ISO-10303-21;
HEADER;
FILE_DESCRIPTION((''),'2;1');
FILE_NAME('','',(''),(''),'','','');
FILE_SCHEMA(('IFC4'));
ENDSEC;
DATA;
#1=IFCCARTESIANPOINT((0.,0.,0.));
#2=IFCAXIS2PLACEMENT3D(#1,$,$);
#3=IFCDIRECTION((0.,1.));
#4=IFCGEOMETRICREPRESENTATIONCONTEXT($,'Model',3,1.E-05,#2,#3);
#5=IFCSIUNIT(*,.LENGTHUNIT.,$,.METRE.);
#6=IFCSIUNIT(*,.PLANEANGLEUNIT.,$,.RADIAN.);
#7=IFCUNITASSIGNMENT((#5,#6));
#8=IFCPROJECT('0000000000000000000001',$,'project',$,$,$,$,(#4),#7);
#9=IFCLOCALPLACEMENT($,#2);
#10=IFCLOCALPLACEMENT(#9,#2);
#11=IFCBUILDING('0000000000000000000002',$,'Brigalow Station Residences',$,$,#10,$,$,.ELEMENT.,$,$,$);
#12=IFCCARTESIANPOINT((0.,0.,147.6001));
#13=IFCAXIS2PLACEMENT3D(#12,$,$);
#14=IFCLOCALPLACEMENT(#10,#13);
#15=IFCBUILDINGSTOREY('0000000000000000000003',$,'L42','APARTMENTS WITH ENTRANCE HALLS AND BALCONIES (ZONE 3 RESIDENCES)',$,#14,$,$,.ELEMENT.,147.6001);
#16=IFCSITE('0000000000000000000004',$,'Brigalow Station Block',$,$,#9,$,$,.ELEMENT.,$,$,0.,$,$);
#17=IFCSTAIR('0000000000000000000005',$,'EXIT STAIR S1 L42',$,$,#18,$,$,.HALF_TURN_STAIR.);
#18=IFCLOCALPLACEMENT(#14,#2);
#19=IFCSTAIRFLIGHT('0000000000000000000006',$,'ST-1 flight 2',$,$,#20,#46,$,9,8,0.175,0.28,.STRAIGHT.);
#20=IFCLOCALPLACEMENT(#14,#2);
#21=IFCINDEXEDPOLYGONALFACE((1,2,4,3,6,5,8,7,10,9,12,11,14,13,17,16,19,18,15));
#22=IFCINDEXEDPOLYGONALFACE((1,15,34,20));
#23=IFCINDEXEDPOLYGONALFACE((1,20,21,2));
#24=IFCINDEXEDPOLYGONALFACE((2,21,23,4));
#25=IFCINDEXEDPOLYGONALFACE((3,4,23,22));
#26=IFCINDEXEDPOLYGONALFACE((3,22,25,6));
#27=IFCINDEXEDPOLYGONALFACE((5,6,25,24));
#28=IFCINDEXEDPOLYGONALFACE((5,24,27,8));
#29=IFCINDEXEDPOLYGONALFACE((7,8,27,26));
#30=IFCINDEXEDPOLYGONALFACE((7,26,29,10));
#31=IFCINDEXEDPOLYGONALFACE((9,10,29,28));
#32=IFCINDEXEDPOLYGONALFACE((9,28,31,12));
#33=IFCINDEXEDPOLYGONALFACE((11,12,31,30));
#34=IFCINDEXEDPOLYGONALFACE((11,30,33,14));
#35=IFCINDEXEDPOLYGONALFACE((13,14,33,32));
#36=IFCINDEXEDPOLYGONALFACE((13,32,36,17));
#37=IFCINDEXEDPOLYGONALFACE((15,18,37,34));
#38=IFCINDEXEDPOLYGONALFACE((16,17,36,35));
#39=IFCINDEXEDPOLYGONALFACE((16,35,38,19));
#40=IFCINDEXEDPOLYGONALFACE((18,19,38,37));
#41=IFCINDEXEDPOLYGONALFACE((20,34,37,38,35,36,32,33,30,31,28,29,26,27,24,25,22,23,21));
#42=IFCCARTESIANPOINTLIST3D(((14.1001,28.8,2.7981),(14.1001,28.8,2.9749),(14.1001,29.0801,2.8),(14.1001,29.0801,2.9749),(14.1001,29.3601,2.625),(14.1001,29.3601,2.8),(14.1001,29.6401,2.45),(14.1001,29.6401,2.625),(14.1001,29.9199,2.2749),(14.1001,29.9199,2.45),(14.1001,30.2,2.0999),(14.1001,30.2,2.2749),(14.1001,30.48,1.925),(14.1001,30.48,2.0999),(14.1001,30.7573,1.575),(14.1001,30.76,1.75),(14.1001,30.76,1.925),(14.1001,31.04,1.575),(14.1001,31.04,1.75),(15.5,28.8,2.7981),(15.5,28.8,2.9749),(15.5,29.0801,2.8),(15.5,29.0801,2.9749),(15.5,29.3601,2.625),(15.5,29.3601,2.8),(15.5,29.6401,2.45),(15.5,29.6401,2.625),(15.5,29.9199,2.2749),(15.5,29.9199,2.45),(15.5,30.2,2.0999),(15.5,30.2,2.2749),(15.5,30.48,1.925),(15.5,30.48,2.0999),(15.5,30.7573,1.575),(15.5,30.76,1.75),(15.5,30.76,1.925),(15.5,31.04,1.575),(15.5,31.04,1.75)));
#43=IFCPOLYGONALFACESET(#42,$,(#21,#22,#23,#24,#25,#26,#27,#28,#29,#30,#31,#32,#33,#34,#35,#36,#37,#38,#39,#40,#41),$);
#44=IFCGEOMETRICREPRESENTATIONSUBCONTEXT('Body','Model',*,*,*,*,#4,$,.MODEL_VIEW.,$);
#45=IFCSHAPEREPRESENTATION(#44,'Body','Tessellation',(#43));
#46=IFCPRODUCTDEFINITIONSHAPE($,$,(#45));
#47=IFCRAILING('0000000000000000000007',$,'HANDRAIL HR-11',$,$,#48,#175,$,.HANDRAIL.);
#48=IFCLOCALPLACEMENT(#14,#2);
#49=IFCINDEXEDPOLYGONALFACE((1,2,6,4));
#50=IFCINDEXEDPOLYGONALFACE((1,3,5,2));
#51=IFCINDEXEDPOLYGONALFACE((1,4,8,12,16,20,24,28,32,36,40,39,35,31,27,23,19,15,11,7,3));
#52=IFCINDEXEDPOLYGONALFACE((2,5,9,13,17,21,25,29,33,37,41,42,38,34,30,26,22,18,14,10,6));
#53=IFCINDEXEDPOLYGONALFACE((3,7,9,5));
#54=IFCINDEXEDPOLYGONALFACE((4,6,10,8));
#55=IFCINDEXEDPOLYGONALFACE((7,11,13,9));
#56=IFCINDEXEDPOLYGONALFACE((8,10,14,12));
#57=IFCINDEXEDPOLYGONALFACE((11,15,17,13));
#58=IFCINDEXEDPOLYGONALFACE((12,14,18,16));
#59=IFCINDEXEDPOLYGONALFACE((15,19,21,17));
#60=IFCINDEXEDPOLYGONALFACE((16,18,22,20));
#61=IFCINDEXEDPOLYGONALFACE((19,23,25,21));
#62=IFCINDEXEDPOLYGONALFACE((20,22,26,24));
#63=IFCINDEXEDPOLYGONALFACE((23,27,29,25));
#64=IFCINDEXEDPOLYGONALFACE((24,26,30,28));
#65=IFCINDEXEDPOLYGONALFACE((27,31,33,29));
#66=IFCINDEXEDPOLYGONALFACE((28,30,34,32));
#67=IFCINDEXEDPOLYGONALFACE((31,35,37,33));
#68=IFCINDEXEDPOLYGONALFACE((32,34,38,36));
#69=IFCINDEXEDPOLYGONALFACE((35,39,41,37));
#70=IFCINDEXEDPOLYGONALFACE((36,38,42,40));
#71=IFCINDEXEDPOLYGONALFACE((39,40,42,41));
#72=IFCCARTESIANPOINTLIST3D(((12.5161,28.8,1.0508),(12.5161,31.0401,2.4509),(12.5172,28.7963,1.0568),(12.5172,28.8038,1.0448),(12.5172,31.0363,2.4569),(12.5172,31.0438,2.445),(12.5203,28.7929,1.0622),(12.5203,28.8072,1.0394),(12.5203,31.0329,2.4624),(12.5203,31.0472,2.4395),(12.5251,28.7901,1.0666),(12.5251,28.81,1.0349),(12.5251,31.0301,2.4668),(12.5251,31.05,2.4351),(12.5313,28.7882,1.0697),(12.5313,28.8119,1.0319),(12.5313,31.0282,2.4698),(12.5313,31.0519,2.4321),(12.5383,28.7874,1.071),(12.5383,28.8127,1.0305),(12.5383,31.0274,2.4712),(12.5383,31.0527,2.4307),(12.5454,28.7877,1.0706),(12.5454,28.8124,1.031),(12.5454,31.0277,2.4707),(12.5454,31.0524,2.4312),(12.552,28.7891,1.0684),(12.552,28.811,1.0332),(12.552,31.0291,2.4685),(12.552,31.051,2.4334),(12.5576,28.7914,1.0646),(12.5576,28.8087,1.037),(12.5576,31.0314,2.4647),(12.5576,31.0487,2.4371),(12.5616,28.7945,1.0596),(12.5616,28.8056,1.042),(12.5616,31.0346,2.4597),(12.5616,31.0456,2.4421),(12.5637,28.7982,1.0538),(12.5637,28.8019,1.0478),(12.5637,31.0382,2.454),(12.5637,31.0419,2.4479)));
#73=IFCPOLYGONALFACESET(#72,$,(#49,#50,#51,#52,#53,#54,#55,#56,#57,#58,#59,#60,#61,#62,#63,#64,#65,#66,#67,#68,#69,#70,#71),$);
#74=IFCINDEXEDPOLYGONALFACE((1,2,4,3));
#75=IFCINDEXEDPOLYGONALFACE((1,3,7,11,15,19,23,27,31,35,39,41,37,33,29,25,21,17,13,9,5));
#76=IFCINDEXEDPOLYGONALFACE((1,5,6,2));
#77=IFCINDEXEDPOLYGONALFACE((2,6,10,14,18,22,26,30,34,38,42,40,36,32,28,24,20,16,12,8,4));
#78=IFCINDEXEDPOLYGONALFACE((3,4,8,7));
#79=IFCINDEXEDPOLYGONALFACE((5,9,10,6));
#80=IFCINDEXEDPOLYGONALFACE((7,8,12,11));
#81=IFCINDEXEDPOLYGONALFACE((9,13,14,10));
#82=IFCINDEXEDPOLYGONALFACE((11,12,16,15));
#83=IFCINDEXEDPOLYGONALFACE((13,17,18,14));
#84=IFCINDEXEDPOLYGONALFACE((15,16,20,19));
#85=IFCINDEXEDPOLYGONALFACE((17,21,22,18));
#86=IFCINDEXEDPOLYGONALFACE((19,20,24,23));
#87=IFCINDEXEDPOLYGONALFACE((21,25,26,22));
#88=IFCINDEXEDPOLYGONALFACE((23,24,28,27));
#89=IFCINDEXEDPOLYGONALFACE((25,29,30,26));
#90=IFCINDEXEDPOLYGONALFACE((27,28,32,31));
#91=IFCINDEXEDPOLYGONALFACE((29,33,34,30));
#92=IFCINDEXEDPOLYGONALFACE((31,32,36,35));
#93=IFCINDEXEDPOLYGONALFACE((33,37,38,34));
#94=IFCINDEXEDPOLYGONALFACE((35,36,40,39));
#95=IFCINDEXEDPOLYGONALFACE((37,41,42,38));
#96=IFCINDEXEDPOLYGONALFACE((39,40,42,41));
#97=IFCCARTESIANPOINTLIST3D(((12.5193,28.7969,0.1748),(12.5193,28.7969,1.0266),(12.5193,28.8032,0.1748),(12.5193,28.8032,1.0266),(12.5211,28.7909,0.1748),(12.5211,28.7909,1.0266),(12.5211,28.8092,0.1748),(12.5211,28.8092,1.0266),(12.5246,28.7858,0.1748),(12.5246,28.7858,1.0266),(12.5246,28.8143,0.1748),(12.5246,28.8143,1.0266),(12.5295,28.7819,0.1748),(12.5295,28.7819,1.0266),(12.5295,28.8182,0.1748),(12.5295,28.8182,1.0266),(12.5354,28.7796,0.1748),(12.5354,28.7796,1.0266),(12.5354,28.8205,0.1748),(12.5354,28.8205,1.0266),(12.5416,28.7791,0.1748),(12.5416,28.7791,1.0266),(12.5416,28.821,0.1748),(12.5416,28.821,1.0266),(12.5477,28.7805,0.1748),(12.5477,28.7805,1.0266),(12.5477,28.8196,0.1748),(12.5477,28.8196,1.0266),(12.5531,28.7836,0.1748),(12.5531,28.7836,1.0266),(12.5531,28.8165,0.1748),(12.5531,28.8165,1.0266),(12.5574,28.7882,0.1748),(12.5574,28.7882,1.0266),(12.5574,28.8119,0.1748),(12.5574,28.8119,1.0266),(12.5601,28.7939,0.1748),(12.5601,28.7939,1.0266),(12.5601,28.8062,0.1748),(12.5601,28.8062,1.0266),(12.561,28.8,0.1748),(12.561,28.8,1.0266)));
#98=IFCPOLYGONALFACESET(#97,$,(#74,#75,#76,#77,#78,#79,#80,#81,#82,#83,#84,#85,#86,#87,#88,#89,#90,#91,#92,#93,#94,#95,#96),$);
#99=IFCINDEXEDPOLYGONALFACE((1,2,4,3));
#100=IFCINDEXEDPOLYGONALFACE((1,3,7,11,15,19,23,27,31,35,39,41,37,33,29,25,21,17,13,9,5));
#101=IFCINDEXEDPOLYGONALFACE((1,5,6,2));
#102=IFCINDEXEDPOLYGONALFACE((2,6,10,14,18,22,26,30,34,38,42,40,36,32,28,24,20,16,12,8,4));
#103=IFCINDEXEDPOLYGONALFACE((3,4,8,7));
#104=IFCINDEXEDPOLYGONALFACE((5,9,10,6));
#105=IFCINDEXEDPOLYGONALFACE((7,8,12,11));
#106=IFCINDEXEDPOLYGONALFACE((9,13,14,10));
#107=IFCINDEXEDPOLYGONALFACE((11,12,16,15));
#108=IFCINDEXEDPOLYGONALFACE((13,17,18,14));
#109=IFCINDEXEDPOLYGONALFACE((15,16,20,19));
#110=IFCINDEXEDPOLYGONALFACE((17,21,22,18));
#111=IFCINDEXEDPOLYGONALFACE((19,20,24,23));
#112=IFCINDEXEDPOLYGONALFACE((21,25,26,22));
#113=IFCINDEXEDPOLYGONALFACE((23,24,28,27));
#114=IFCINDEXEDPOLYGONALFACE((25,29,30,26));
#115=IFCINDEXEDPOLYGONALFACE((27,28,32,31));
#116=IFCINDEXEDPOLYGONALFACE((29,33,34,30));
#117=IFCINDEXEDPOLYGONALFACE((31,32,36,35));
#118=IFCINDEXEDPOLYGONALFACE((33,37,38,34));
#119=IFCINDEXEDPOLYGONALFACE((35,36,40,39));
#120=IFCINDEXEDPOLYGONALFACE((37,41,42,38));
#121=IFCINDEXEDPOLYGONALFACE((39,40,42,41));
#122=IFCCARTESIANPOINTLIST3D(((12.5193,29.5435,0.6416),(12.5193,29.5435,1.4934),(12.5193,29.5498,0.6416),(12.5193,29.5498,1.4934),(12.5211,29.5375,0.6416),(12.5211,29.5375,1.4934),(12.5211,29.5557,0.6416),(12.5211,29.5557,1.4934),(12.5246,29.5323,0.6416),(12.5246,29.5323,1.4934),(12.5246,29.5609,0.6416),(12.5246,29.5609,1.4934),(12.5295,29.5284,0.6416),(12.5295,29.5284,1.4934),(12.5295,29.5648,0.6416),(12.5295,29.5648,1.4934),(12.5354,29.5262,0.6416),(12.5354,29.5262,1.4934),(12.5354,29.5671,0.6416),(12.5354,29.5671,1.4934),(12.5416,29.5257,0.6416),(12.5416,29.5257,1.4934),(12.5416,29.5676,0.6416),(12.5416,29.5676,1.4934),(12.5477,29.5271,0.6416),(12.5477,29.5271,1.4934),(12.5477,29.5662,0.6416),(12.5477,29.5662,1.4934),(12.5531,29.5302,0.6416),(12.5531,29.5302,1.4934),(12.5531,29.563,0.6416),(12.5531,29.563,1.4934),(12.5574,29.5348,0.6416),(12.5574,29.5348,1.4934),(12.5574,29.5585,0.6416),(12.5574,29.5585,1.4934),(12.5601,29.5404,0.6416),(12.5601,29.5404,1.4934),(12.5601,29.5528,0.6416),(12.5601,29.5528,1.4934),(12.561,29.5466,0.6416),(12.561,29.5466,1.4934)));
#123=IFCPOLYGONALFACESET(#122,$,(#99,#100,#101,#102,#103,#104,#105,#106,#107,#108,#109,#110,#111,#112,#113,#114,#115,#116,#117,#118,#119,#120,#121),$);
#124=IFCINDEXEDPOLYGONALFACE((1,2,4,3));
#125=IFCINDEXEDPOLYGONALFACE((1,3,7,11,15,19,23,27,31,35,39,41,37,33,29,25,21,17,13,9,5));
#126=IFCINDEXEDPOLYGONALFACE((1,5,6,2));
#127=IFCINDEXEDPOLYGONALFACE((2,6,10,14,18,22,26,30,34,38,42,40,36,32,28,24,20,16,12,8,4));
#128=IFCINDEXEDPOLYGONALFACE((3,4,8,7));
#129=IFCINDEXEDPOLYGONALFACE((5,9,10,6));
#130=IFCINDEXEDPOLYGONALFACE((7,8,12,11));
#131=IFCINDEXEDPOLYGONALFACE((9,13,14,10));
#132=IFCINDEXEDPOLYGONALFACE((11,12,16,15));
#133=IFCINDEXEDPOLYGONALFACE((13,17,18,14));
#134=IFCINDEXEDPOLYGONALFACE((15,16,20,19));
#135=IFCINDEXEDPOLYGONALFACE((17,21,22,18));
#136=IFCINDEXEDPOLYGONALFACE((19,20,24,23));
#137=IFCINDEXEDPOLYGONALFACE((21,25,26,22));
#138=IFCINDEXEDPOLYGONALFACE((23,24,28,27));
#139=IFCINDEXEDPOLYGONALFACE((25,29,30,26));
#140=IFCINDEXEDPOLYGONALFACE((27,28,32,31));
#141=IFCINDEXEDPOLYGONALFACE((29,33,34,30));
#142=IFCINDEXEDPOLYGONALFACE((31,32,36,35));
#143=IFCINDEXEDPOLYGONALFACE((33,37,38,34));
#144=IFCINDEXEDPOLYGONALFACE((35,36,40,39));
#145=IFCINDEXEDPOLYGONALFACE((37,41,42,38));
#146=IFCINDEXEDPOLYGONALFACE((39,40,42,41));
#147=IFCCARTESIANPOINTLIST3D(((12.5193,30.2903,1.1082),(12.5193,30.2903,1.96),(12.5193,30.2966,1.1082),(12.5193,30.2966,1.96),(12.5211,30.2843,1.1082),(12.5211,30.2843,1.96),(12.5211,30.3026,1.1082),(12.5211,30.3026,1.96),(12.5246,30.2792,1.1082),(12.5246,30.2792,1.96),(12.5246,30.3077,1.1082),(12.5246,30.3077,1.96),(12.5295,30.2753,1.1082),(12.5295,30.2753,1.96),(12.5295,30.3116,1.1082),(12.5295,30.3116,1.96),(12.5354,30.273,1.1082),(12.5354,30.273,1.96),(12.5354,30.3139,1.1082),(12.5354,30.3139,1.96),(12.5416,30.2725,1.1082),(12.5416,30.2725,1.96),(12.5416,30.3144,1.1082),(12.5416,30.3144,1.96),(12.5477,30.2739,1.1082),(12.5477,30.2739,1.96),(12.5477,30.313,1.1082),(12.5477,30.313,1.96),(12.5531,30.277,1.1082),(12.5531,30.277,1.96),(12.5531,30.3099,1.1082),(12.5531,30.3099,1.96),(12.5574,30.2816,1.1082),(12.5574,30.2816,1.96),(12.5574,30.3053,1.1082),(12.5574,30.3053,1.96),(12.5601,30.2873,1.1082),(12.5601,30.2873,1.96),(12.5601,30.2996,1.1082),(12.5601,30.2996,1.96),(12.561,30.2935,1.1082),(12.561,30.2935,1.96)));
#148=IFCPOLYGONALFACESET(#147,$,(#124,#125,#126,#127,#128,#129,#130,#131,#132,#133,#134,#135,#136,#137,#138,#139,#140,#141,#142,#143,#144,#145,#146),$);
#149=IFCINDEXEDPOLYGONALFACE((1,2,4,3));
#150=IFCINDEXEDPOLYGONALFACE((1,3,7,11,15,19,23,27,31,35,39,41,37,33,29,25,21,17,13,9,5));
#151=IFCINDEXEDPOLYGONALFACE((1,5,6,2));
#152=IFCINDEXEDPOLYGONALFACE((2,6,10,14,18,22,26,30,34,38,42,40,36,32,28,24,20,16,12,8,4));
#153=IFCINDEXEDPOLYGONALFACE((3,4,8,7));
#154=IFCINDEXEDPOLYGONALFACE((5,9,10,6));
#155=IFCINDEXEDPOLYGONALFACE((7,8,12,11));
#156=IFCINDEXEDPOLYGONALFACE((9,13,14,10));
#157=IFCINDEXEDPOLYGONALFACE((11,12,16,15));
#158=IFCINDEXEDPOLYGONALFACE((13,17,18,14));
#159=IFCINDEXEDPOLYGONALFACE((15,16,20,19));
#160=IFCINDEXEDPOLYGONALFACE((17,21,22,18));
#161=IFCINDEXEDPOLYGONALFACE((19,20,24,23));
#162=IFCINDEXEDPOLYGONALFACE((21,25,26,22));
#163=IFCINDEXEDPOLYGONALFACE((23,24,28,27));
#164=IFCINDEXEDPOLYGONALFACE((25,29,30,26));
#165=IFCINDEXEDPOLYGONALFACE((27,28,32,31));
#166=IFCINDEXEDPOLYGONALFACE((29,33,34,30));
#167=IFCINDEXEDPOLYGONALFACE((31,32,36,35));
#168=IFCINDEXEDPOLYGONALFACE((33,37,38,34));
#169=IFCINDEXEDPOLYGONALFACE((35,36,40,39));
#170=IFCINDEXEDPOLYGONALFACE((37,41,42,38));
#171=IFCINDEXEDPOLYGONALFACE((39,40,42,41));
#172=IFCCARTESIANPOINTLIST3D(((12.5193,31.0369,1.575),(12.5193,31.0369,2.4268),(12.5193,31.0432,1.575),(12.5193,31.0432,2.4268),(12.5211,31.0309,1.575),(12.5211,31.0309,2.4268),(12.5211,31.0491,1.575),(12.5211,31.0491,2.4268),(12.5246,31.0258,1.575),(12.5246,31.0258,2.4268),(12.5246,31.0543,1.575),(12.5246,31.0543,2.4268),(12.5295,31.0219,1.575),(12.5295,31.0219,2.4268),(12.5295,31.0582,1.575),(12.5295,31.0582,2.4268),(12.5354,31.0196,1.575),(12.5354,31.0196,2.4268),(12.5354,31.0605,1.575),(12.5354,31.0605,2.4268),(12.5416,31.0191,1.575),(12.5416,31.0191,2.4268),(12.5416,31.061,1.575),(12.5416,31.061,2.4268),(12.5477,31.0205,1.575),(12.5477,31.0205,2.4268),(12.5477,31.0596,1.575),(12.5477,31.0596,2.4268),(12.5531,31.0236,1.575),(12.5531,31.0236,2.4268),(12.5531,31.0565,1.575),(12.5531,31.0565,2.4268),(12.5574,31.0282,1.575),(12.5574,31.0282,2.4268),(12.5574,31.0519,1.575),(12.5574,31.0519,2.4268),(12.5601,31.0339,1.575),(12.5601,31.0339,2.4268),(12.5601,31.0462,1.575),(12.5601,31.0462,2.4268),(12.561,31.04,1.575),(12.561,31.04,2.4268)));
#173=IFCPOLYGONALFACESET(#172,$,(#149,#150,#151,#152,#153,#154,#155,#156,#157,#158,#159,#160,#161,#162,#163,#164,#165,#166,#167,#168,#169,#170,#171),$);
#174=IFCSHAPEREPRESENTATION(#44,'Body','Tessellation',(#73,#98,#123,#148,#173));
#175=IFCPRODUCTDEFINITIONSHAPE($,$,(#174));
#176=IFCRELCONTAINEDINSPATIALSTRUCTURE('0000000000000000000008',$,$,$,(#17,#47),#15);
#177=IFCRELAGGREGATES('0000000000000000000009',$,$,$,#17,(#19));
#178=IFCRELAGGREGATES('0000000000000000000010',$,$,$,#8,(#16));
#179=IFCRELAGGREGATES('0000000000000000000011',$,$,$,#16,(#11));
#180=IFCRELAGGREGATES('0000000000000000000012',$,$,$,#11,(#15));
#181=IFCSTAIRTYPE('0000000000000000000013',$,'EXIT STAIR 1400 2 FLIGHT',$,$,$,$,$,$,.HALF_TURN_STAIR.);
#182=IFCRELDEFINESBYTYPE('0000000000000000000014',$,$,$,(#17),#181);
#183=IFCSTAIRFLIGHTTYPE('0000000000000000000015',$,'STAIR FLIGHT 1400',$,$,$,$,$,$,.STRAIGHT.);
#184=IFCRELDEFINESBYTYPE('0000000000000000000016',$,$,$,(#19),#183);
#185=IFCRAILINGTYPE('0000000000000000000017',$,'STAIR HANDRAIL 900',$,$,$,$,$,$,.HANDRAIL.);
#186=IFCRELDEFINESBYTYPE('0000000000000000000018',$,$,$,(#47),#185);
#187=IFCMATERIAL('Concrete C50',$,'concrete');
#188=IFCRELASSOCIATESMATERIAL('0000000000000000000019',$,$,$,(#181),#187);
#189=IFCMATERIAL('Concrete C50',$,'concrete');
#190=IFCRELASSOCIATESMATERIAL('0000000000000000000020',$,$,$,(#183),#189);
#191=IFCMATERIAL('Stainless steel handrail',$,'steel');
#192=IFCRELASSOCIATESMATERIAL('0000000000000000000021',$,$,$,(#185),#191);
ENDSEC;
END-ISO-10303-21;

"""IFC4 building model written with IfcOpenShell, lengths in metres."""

from ifc_helpers import new_model, si_unit, direction, frame, origin, origin_2d, place, context, subcontext, project, spatial, polyline, circle, outline, extrude, material, type_object, element, aggregate, save


model = new_model("IFC4")

# Units and contexts
model_context = context("Model", 3, precision=1e-05, world=origin(), true_north=direction((0.0, 1.0)))
body_context = subcontext(model_context, "Body", "Model", "MODEL_VIEW")
ifc_project = project(units=[si_unit("LENGTHUNIT", "METRE"), si_unit("PLANEANGLEUNIT", "RADIAN")], contexts=[model_context])

# Site, building, storey
site_placement = place(None, origin())
site = spatial("IfcSite", under=ifc_project, at=site_placement, Name="Brigalow Station Block", CompositionType="ELEMENT", RefElevation=0.0)
building_placement = place(site_placement, origin())
building = spatial("IfcBuilding", under=site, at=building_placement, Name="Brigalow Station Residences", CompositionType="ELEMENT")
storey_placement = place(building_placement, frame((0.0, 0.0, 147.6001)))
storey = spatial("IfcBuildingStorey", under=building, at=storey_placement, Name="L42", Description="APARTMENTS WITH ENTRANCE HALLS AND BALCONIES (ZONE 3 RESIDENCES)", CompositionType="ELEMENT", Elevation=147.6001)

# Stair, stair flight
ifc_material_1 = material(Name="Concrete C50", Category="concrete")
stair_type = type_object("IfcStairType", Name="EXIT STAIR 1400 2 FLIGHT", PredefinedType="HALF_TURN_STAIR", material=ifc_material_1)
stair_placement = place(storey_placement, origin())
stair = element("IfcStair", 1, at=stair_placement, inside=storey, type_object=stair_type, Name="EXIT STAIR S1 L42", PredefinedType="HALF_TURN_STAIR")
ifc_material_2 = material(Name="Concrete C50", Category="concrete")
stair_flight_type = type_object("IfcStairFlightType", Name="STAIR FLIGHT 1400", PredefinedType="STRAIGHT", material=ifc_material_2)
stair_flight_1_placement = place(storey_placement, frame((14.8, 31.04, 1.575), z_axis=(0.0, 0.0, 1.0), x_axis=(0.0, -1.0, 0.0)))
stair_flight_1 = element("IfcStairFlight", 2, at=stair_flight_1_placement, type_object=stair_flight_type, Name="ST-1 flight 2", NumberOfRisers=9, NumberOfTreads=8, PredefinedType="STRAIGHT", RiserHeight=0.175, TreadLength=0.28, context=body_context, shape_type="SweptSolid", body=[
    extrude(outline(polyline([(0.0, 0.0), (0.0, 0.175), (0.28, 0.175), (0.28, 0.3501), (0.5601, 0.3501), (0.5601, 0.5249), (0.8401, 0.5249), (0.8401, 0.7), (1.1201, 0.7), (1.1201, 0.875), (1.3999, 0.875), (1.3999, 1.05), (1.6799, 1.05), (1.6799, 1.2251), (1.96, 1.2251), (1.96, 1.3999), (2.24, 1.3999), (2.24, 1.575), (2.24, 1.2231), (0.2827, 0.0), (0.0, 0.0)])), frame((0.0, 0.7, 0.0), z_axis=(0.0, -1.0, 0.0), x_axis=(1.0, 0.0, 0.0)), (0.0, 0.0, 1.0), 1.3999),
])
aggregate(stair, [stair_flight_1])

# Railing
ifc_material_3 = material(Name="Stainless steel handrail", Category="steel")
railing_type_1 = type_object("IfcRailingType", Name="STAIR HANDRAIL 900", PredefinedType="HANDRAIL", material=ifc_material_3)
railing_1_placement = place(storey_placement, frame((12.54, 28.8, 0.1748)))
element("IfcRailing", 3, at=railing_1_placement, inside=storey, type_object=railing_type_1, Name="HANDRAIL HR-11", PredefinedType="HANDRAIL", context=body_context, shape_type="SweptSolid", body=[
    extrude(circle(Radius=0.0239, at=origin_2d()), frame((0.0, 0.0, 0.876), z_axis=(0.0, 0.847972, 0.53004), x_axis=(-1.0, 0.0, 0.0)), (0.0, 0.0, 1.0), 2.6416),
    extrude(circle(Radius=0.021, at=origin_2d()), origin(), (0.0, 0.0, 1.0), 0.8518),
    extrude(circle(Radius=0.021, at=origin_2d()), frame((0.0, 0.7466, 0.4668)), (0.0, 0.0, 1.0), 0.8518),
    extrude(circle(Radius=0.021, at=origin_2d()), frame((0.0, 1.4934, 0.9333)), (0.0, 0.0, 1.0), 0.8518),
    extrude(circle(Radius=0.021, at=origin_2d()), frame((0.0, 2.24, 1.4001)), (0.0, 0.0, 1.0), 0.8518),
])

save(model, "model.ifc")
